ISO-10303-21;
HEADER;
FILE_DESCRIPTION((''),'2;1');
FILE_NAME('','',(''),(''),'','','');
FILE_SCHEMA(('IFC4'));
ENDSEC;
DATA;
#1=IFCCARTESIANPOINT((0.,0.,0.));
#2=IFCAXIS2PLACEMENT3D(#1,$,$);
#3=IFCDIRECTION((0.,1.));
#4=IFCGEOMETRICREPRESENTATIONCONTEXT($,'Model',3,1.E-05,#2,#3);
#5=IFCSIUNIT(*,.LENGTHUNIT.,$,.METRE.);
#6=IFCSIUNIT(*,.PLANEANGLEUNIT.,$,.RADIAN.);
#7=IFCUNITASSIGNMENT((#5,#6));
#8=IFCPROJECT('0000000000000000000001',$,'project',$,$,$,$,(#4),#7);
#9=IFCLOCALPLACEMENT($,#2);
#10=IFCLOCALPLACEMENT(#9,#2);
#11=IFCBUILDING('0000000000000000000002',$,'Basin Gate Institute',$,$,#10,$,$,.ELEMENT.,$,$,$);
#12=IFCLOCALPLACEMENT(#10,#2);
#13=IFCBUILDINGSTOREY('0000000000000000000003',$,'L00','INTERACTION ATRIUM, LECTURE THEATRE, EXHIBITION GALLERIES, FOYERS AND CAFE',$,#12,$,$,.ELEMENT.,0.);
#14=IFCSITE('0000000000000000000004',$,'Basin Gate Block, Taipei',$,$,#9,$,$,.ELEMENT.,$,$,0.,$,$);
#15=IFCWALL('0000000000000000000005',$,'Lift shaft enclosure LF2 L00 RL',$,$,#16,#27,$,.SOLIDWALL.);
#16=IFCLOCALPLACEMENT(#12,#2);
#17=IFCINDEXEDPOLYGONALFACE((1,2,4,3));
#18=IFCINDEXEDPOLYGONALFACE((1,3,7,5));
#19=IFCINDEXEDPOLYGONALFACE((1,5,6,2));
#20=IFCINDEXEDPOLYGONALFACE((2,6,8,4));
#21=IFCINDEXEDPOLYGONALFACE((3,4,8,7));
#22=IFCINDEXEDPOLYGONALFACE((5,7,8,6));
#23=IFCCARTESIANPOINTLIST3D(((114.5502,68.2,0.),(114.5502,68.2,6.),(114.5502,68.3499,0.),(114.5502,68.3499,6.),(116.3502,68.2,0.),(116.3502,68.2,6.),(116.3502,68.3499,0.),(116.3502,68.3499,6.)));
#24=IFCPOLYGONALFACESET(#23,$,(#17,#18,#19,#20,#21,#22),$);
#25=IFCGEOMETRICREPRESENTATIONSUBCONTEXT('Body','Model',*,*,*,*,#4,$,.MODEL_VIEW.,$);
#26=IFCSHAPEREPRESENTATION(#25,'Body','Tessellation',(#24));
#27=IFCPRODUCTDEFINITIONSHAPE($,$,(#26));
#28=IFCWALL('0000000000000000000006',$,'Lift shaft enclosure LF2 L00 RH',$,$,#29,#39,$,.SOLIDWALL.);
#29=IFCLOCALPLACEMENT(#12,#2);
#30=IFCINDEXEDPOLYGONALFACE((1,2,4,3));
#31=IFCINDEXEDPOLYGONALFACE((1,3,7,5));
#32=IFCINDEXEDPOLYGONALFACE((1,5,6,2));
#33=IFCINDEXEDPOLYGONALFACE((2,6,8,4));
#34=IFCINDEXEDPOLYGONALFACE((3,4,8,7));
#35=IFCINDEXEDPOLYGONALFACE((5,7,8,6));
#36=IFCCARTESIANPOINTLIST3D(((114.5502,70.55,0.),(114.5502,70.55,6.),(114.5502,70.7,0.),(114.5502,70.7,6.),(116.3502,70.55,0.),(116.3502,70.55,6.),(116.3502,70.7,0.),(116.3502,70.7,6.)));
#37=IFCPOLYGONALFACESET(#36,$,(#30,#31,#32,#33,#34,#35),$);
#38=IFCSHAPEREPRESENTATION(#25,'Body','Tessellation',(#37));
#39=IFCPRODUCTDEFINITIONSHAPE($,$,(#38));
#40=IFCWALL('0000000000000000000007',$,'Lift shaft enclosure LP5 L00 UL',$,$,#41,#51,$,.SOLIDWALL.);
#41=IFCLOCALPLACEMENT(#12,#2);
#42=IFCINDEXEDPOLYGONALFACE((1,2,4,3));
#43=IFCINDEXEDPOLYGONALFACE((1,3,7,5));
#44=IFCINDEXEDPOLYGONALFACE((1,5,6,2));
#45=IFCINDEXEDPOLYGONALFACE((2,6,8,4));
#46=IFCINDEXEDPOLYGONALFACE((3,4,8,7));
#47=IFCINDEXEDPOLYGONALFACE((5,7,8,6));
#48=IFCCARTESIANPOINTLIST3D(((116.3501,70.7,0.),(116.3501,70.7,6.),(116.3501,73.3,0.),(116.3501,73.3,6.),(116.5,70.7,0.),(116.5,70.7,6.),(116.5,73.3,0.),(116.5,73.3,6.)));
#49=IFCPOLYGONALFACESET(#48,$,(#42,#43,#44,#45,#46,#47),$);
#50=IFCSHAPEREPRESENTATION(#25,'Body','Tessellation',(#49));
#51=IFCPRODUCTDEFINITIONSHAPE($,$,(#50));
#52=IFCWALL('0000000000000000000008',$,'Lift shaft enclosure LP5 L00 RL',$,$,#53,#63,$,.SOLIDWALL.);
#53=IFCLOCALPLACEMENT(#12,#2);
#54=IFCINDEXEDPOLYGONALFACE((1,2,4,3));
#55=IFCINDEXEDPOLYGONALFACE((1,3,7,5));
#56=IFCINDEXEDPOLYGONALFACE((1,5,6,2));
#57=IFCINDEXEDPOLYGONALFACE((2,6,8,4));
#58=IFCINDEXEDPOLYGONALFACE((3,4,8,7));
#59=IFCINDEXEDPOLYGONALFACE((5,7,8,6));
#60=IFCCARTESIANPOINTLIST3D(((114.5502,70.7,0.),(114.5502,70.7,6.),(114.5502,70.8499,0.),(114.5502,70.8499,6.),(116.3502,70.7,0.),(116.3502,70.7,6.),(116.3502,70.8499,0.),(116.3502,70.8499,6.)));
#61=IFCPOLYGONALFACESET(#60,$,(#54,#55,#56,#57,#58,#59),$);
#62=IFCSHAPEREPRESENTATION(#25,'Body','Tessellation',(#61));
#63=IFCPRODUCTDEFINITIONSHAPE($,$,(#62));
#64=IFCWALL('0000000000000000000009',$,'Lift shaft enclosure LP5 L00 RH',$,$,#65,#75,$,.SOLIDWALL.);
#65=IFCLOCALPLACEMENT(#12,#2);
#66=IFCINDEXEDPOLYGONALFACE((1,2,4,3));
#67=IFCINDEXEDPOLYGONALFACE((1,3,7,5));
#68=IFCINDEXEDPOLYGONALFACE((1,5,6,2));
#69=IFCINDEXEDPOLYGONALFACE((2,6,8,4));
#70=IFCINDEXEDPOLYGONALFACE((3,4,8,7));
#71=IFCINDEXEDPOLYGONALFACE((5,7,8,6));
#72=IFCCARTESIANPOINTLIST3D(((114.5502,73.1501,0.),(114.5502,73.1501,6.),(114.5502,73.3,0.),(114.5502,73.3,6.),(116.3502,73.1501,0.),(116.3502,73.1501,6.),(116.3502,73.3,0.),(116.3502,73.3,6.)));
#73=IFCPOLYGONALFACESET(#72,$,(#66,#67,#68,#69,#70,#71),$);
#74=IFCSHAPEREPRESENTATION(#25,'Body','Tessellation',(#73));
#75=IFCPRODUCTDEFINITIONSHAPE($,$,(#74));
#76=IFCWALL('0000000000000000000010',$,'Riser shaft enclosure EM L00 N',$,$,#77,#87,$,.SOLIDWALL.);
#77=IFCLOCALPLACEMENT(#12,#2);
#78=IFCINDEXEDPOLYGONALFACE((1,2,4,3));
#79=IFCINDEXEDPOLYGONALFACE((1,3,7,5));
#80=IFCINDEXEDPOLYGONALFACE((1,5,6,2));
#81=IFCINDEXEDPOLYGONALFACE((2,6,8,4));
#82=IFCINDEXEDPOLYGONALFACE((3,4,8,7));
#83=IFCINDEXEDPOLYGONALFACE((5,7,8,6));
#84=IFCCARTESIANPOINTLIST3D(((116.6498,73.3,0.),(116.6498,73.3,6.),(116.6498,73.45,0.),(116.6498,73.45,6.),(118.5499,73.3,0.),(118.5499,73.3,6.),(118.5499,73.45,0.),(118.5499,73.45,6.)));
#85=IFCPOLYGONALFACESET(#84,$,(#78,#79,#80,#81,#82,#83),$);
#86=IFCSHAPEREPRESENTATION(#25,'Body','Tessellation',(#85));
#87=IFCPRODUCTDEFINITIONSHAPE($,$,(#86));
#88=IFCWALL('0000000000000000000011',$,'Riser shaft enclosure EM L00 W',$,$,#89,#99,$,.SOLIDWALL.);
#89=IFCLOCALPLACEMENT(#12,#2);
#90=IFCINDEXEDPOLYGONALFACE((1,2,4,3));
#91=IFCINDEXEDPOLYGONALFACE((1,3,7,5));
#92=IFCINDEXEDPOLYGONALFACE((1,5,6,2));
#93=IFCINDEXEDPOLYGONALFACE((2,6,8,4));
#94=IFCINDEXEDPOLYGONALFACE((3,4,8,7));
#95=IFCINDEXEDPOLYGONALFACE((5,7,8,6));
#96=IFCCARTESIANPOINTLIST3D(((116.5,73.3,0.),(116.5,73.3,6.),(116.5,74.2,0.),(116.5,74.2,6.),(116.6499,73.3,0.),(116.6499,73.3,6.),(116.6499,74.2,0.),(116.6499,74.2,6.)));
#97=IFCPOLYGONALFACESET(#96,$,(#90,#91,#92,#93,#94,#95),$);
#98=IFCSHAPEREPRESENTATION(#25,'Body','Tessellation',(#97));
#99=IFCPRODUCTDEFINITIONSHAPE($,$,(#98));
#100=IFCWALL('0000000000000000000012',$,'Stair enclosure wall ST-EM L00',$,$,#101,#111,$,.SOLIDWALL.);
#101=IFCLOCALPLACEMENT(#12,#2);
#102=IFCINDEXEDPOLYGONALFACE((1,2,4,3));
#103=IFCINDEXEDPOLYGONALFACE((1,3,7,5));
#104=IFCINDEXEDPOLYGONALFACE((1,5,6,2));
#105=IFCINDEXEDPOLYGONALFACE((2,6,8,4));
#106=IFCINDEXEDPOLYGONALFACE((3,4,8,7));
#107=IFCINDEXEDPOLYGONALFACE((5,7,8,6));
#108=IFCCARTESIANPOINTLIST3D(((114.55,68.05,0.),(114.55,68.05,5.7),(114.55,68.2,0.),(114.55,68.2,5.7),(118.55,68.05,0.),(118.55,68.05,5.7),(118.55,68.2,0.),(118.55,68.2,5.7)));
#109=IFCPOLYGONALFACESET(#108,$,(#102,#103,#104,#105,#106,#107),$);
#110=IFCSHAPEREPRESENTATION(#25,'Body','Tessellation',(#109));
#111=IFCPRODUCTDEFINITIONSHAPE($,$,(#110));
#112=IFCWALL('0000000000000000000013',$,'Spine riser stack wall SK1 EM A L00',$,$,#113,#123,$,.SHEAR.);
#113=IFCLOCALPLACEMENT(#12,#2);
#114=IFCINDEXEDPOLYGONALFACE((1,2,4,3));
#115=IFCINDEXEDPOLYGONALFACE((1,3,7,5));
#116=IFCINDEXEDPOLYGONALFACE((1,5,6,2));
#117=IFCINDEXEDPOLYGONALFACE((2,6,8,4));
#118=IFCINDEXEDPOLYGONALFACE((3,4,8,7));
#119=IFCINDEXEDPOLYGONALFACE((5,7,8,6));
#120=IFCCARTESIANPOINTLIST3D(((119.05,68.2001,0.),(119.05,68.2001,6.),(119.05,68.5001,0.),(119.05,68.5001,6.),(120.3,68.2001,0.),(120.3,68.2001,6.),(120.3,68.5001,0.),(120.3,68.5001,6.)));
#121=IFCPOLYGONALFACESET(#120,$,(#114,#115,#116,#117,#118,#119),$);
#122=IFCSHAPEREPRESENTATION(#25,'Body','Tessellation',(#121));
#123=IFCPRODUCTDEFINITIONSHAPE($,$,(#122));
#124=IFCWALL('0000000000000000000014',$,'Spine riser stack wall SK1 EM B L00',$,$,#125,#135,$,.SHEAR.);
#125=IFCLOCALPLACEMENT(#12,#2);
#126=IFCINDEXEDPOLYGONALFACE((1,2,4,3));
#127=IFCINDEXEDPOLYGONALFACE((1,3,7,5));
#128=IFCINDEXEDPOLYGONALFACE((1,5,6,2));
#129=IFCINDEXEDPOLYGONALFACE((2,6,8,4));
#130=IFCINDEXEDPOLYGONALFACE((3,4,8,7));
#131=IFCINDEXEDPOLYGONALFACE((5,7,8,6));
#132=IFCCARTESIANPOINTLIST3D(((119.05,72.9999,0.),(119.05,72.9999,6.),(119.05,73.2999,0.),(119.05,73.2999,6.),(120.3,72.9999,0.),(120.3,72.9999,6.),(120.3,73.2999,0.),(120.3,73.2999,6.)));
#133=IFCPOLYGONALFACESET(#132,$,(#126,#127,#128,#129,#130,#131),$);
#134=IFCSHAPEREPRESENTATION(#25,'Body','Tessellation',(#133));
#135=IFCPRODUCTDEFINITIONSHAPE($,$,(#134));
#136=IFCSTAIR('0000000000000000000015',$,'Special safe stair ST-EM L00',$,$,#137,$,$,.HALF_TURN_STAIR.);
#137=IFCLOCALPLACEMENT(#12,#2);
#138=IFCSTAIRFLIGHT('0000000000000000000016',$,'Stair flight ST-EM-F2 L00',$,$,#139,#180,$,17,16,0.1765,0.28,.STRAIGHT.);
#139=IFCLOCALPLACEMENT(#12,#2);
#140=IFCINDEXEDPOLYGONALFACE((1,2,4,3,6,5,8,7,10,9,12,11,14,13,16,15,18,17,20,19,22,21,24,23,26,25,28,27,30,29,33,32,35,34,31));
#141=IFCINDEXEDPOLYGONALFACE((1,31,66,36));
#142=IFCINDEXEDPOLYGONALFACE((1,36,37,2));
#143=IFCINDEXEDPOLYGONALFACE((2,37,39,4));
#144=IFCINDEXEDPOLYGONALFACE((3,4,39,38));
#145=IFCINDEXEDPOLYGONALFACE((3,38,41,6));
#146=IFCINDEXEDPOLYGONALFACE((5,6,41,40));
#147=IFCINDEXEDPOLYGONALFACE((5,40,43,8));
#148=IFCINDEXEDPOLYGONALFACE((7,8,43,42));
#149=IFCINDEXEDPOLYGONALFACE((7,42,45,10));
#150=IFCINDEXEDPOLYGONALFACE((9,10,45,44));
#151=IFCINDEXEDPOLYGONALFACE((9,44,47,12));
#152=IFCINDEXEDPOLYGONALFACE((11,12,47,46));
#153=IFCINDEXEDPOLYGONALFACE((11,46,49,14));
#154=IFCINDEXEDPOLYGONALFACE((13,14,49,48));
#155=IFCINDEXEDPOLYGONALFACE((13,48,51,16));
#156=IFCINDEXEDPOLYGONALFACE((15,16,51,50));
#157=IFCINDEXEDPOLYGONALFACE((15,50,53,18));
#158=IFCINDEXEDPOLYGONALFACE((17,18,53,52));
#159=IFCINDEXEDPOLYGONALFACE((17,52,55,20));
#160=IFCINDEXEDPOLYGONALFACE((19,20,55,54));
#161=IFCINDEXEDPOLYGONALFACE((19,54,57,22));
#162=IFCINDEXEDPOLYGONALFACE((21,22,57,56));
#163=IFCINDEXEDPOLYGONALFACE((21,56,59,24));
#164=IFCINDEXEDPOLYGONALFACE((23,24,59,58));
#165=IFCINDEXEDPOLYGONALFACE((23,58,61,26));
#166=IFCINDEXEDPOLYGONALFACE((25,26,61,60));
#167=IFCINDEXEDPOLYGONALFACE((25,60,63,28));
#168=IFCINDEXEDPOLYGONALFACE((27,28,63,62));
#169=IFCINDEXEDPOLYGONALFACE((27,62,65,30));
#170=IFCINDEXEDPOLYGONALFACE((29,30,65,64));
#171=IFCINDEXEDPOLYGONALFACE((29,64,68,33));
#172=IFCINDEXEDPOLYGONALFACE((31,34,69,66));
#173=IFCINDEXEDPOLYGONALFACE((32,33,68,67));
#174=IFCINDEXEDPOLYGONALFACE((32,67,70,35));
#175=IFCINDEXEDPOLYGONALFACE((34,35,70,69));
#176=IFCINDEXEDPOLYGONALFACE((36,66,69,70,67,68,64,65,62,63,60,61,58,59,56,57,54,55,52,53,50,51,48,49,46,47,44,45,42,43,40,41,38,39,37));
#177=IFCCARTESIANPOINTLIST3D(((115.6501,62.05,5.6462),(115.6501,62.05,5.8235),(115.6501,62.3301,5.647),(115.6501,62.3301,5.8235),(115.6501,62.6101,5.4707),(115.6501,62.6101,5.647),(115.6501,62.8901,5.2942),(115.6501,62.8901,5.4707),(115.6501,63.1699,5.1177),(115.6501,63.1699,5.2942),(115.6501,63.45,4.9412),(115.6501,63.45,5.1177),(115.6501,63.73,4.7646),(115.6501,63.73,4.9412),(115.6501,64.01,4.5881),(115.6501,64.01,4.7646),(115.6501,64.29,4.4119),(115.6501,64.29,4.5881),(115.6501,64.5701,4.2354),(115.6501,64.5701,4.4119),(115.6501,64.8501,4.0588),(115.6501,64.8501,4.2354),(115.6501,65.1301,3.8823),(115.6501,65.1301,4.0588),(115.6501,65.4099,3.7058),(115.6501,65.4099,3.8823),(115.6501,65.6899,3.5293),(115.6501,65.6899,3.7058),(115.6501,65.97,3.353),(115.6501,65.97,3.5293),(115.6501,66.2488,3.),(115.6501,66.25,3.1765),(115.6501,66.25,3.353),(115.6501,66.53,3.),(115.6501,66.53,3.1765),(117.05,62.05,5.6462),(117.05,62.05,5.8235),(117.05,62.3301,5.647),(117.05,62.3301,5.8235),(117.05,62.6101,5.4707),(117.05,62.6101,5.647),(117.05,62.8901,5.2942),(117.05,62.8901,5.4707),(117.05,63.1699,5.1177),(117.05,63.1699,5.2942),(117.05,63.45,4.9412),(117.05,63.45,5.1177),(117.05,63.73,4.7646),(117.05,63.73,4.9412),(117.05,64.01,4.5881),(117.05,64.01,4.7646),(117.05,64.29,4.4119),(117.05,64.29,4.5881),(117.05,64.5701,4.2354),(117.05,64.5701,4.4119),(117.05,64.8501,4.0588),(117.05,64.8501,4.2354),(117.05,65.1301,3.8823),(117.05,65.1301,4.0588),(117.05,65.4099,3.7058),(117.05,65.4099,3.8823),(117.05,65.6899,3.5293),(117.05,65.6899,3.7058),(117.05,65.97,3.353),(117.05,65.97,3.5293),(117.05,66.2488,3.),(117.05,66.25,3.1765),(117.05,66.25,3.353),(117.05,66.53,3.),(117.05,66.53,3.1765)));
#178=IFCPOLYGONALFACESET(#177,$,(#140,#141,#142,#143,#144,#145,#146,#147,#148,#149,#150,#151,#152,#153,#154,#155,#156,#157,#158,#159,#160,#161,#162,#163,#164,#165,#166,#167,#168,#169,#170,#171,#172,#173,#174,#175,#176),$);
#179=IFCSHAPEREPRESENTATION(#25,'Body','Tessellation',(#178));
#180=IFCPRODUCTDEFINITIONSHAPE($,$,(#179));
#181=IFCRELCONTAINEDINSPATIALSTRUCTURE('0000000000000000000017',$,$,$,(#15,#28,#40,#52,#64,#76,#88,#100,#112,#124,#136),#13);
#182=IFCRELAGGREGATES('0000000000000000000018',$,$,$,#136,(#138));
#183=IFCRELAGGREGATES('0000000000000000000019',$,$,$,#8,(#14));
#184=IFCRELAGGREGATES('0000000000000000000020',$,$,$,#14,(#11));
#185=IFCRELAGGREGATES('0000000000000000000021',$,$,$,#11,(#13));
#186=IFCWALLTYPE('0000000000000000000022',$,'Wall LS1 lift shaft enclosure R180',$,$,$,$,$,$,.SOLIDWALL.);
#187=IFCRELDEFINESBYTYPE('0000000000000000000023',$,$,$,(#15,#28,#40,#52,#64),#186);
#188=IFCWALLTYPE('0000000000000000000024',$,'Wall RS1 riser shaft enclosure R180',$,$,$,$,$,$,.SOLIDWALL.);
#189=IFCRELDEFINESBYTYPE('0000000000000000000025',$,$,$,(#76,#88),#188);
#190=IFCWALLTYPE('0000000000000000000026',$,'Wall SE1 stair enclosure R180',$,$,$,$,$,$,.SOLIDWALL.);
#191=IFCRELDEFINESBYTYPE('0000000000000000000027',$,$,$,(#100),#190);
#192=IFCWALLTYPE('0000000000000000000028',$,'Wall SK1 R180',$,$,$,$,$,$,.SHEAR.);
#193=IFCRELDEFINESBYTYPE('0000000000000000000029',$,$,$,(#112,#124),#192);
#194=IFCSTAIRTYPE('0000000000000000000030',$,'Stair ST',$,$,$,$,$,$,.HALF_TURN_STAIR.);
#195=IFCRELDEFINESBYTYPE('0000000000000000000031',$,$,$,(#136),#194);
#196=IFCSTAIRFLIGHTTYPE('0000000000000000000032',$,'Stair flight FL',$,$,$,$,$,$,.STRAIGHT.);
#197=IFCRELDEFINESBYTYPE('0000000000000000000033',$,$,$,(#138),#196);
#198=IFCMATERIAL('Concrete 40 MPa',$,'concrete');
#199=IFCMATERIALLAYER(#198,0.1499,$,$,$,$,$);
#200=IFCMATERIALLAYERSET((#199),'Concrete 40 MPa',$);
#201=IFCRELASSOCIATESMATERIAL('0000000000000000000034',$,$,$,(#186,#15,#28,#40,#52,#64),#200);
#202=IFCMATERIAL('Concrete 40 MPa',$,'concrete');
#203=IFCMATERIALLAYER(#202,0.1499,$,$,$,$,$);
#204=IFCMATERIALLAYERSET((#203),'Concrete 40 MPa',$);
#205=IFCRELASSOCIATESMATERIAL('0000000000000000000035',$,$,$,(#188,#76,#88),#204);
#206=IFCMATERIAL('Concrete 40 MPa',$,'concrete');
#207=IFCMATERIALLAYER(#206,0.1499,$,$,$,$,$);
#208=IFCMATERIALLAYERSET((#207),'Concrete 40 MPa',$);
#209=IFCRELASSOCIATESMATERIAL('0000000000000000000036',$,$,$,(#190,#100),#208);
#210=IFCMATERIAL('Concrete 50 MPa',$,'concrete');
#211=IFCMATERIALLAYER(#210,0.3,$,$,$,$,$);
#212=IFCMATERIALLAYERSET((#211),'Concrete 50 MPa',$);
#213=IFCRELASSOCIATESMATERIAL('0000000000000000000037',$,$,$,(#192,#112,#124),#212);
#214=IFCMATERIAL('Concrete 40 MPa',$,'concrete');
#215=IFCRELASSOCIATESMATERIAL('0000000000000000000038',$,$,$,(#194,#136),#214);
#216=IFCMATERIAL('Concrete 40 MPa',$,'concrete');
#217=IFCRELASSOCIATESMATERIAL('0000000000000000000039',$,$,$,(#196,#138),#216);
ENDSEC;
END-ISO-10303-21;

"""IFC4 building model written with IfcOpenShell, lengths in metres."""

from ifc_helpers import new_model, si_unit, direction, frame, frame_2d, origin, place, context, subcontext, project, spatial, polyline, rectangle, outline, extrude, material, layer, layer_set, type_object, element, aggregate, save


model = new_model("IFC4")

# Units and contexts
model_context = context("Model", 3, precision=1e-05, world=origin(), true_north=direction((0.0, 1.0)))
body_context = subcontext(model_context, "Body", "Model", "MODEL_VIEW")
ifc_project = project(units=[si_unit("LENGTHUNIT", "METRE"), si_unit("PLANEANGLEUNIT", "RADIAN")], contexts=[model_context])

# Site, building, storey
site_placement = place(None, origin())
site = spatial("IfcSite", under=ifc_project, at=site_placement, Name="Basin Gate Block, Taipei", CompositionType="ELEMENT", RefElevation=0.0)
building_placement = place(site_placement, origin())
building = spatial("IfcBuilding", under=site, at=building_placement, Name="Basin Gate Institute", CompositionType="ELEMENT")
storey_placement = place(building_placement, origin())
storey = spatial("IfcBuildingStorey", under=building, at=storey_placement, Name="L00", Description="INTERACTION ATRIUM, LECTURE THEATRE, EXHIBITION GALLERIES, FOYERS AND CAFE", CompositionType="ELEMENT", Elevation=0.0)

# Walls
ifc_material_1 = material(Name="Concrete 40 MPa", Category="concrete")
ifc_layer_1 = layer(ifc_material_1, 0.1499)
ifc_layer_set_1 = layer_set([ifc_layer_1], Name="Concrete 40 MPa")
wall_type_1 = type_object("IfcWallType", Name="Wall LS1 lift shaft enclosure R180", PredefinedType="SOLIDWALL", material=ifc_layer_set_1)
for number, where, z_axis, x_axis, name in (
    (1, (116.3501, 68.2749, 0.0), (0.0, 0.0, 1.0), (-1.0, 0.0, 0.0), "Lift shaft enclosure LF2 L00 RL"),
    (2, (116.3501, 70.625, 0.0), (0.0, 0.0, 1.0), (-1.0, 0.0, 0.0), "Lift shaft enclosure LF2 L00 RH"),
):
    element("IfcWall", number, at=place(storey_placement, frame(where, z_axis=z_axis, x_axis=x_axis)), inside=storey, type_object=wall_type_1, material=ifc_layer_set_1, Name=name, PredefinedType="SOLIDWALL", context=body_context, shape_type="SweptSolid", body=[
        extrude(rectangle(XDim=1.8, YDim=0.1499, at=frame_2d((0.8999, 0.0))), origin(), (0.0, 0.0, 1.0), 6.0),
    ])
wall_1_placement = place(storey_placement, frame((116.425, 70.7, 0.0), z_axis=(0.0, 0.0, 1.0), x_axis=(0.0, 1.0, 0.0)))
element("IfcWall", 3, at=wall_1_placement, inside=storey, type_object=wall_type_1, material=ifc_layer_set_1, Name="Lift shaft enclosure LP5 L00 UL", PredefinedType="SOLIDWALL", context=body_context, shape_type="SweptSolid", body=[
    extrude(rectangle(XDim=2.6001, YDim=0.1499, at=frame_2d((1.3, 0.0))), origin(), (0.0, 0.0, 1.0), 6.0),
])
for number, where, z_axis, x_axis, name in (
    (4, (116.3501, 70.7749, 0.0), (0.0, 0.0, 1.0), (-1.0, 0.0, 0.0), "Lift shaft enclosure LP5 L00 RL"),
    (5, (116.3501, 73.2251, 0.0), (0.0, 0.0, 1.0), (-1.0, 0.0, 0.0), "Lift shaft enclosure LP5 L00 RH"),
):
    element("IfcWall", number, at=place(storey_placement, frame(where, z_axis=z_axis, x_axis=x_axis)), inside=storey, type_object=wall_type_1, material=ifc_layer_set_1, Name=name, PredefinedType="SOLIDWALL", context=body_context, shape_type="SweptSolid", body=[
        extrude(rectangle(XDim=1.8, YDim=0.1499, at=frame_2d((0.8999, 0.0))), origin(), (0.0, 0.0, 1.0), 6.0),
    ])
ifc_material_2 = material(Name="Concrete 40 MPa", Category="concrete")
ifc_layer_2 = layer(ifc_material_2, 0.1499)
ifc_layer_set_2 = layer_set([ifc_layer_2], Name="Concrete 40 MPa")
wall_type_2 = type_object("IfcWallType", Name="Wall RS1 riser shaft enclosure R180", PredefinedType="SOLIDWALL", material=ifc_layer_set_2)
wall_2_placement = place(storey_placement, frame((118.55, 73.375, 0.0), z_axis=(0.0, 0.0, 1.0), x_axis=(-1.0, 0.0, 0.0)))
element("IfcWall", 6, at=wall_2_placement, inside=storey, type_object=wall_type_2, material=ifc_layer_set_2, Name="Riser shaft enclosure EM L00 N", PredefinedType="SOLIDWALL", context=body_context, shape_type="SweptSolid", body=[
    extrude(rectangle(XDim=1.9001, YDim=0.1499, at=frame_2d((0.9502, 0.0))), origin(), (0.0, 0.0, 1.0), 6.0),
])
wall_3_placement = place(storey_placement, frame((116.575, 73.3, 0.0), z_axis=(0.0, 0.0, 1.0), x_axis=(0.0, 1.0, 0.0)))
element("IfcWall", 7, at=wall_3_placement, inside=storey, type_object=wall_type_2, material=ifc_layer_set_2, Name="Riser shaft enclosure EM L00 W", PredefinedType="SOLIDWALL", context=body_context, shape_type="SweptSolid", body=[
    extrude(rectangle(XDim=0.8999, YDim=0.1499, at=frame_2d((0.45, 0.0))), origin(), (0.0, 0.0, 1.0), 6.0),
])
ifc_material_3 = material(Name="Concrete 40 MPa", Category="concrete")
ifc_layer_3 = layer(ifc_material_3, 0.1499)
ifc_layer_set_3 = layer_set([ifc_layer_3], Name="Concrete 40 MPa")
wall_type_3 = type_object("IfcWallType", Name="Wall SE1 stair enclosure R180", PredefinedType="SOLIDWALL", material=ifc_layer_set_3)
wall_4_placement = place(storey_placement, frame((118.55, 68.125, 0.0), z_axis=(0.0, 0.0, 1.0), x_axis=(-1.0, 0.0, 0.0)))
element("IfcWall", 8, at=wall_4_placement, inside=storey, type_object=wall_type_3, material=ifc_layer_set_3, Name="Stair enclosure wall ST-EM L00", PredefinedType="SOLIDWALL", context=body_context, shape_type="SweptSolid", body=[
    extrude(rectangle(XDim=4.0, YDim=0.1499, at=frame_2d((2.0, 0.0))), origin(), (0.0, 0.0, 1.0), 5.7),
])
ifc_material_4 = material(Name="Concrete 50 MPa", Category="concrete")
ifc_layer_4 = layer(ifc_material_4, 0.3)
ifc_layer_set_4 = layer_set([ifc_layer_4], Name="Concrete 50 MPa")
wall_type_4 = type_object("IfcWallType", Name="Wall SK1 R180", PredefinedType="SHEAR", material=ifc_layer_set_4)
for number, where, z_axis, x_axis, name in (
    (9, (119.05, 68.3501, 0.0), (0.0, 0.0, 1.0), (1.0, 0.0, 0.0), "Spine riser stack wall SK1 EM A L00"),
    (10, (119.05, 73.1499, 0.0), (0.0, 0.0, 1.0), (1.0, 0.0, 0.0), "Spine riser stack wall SK1 EM B L00"),
):
    element("IfcWall", number, at=place(storey_placement, frame(where, z_axis=z_axis, x_axis=x_axis)), inside=storey, type_object=wall_type_4, material=ifc_layer_set_4, Name=name, PredefinedType="SHEAR", context=body_context, shape_type="SweptSolid", body=[
        extrude(rectangle(XDim=1.25, YDim=0.3, at=frame_2d((0.625, 0.0))), origin(), (0.0, 0.0, 1.0), 6.0),
    ])

# Stair, stair flight
ifc_material_5 = material(Name="Concrete 40 MPa", Category="concrete")
stair_type = type_object("IfcStairType", Name="Stair ST", PredefinedType="HALF_TURN_STAIR", material=ifc_material_5)
stair_placement = place(storey_placement, origin())
stair = element("IfcStair", 11, at=stair_placement, inside=storey, type_object=stair_type, material=ifc_material_5, Name="Special safe stair ST-EM L00", PredefinedType="HALF_TURN_STAIR")
ifc_material_6 = material(Name="Concrete 40 MPa", Category="concrete")
stair_flight_type = type_object("IfcStairFlightType", Name="Stair flight FL", PredefinedType="STRAIGHT", material=ifc_material_6)
stair_flight_placement = place(storey_placement, frame((116.3501, 66.53, 3.0), z_axis=(0.0, 0.0, 1.0), x_axis=(0.0, -1.0, 0.0)))
stair_flight = element("IfcStairFlight", 12, at=stair_flight_placement, type_object=stair_flight_type, material=ifc_material_6, Name="Stair flight ST-EM-F2 L00", NumberOfRisers=17, NumberOfTreads=16, PredefinedType="STRAIGHT", RiserHeight=0.1765, TreadLength=0.28, context=body_context, shape_type="SweptSolid", body=[
    extrude(outline(polyline([(0.0, 0.0), (0.0, 0.1765), (0.28, 0.1765), (0.28, 0.353), (0.5601, 0.353), (0.5601, 0.5293), (0.8401, 0.5293), (0.8401, 0.7058), (1.1201, 0.7058), (1.1201, 0.8823), (1.3999, 0.8823), (1.3999, 1.0588), (1.6799, 1.0588), (1.6799, 1.2354), (1.96, 1.2354), (1.96, 1.4119), (2.24, 1.4119), (2.24, 1.5881), (2.52, 1.5881), (2.52, 1.7646), (2.8, 1.7646), (2.8, 1.9412), (3.0801, 1.9412), (3.0801, 2.1177), (3.3601, 2.1177), (3.3601, 2.2942), (3.6399, 2.2942), (3.6399, 2.4707), (3.9199, 2.4707), (3.9199, 2.647), (4.2, 2.647), (4.2, 2.8235), (4.48, 2.8235), (4.48, 3.0), (4.48, 2.6462), (0.2812, 0.0), (0.0, 0.0)])), frame((0.0, 0.7, 0.0), z_axis=(0.0, -1.0, 0.0), x_axis=(1.0, 0.0, 0.0)), (0.0, 0.0, 1.0), 1.3999),
])
aggregate(stair, [stair_flight])

save(model, "model.ifc")
